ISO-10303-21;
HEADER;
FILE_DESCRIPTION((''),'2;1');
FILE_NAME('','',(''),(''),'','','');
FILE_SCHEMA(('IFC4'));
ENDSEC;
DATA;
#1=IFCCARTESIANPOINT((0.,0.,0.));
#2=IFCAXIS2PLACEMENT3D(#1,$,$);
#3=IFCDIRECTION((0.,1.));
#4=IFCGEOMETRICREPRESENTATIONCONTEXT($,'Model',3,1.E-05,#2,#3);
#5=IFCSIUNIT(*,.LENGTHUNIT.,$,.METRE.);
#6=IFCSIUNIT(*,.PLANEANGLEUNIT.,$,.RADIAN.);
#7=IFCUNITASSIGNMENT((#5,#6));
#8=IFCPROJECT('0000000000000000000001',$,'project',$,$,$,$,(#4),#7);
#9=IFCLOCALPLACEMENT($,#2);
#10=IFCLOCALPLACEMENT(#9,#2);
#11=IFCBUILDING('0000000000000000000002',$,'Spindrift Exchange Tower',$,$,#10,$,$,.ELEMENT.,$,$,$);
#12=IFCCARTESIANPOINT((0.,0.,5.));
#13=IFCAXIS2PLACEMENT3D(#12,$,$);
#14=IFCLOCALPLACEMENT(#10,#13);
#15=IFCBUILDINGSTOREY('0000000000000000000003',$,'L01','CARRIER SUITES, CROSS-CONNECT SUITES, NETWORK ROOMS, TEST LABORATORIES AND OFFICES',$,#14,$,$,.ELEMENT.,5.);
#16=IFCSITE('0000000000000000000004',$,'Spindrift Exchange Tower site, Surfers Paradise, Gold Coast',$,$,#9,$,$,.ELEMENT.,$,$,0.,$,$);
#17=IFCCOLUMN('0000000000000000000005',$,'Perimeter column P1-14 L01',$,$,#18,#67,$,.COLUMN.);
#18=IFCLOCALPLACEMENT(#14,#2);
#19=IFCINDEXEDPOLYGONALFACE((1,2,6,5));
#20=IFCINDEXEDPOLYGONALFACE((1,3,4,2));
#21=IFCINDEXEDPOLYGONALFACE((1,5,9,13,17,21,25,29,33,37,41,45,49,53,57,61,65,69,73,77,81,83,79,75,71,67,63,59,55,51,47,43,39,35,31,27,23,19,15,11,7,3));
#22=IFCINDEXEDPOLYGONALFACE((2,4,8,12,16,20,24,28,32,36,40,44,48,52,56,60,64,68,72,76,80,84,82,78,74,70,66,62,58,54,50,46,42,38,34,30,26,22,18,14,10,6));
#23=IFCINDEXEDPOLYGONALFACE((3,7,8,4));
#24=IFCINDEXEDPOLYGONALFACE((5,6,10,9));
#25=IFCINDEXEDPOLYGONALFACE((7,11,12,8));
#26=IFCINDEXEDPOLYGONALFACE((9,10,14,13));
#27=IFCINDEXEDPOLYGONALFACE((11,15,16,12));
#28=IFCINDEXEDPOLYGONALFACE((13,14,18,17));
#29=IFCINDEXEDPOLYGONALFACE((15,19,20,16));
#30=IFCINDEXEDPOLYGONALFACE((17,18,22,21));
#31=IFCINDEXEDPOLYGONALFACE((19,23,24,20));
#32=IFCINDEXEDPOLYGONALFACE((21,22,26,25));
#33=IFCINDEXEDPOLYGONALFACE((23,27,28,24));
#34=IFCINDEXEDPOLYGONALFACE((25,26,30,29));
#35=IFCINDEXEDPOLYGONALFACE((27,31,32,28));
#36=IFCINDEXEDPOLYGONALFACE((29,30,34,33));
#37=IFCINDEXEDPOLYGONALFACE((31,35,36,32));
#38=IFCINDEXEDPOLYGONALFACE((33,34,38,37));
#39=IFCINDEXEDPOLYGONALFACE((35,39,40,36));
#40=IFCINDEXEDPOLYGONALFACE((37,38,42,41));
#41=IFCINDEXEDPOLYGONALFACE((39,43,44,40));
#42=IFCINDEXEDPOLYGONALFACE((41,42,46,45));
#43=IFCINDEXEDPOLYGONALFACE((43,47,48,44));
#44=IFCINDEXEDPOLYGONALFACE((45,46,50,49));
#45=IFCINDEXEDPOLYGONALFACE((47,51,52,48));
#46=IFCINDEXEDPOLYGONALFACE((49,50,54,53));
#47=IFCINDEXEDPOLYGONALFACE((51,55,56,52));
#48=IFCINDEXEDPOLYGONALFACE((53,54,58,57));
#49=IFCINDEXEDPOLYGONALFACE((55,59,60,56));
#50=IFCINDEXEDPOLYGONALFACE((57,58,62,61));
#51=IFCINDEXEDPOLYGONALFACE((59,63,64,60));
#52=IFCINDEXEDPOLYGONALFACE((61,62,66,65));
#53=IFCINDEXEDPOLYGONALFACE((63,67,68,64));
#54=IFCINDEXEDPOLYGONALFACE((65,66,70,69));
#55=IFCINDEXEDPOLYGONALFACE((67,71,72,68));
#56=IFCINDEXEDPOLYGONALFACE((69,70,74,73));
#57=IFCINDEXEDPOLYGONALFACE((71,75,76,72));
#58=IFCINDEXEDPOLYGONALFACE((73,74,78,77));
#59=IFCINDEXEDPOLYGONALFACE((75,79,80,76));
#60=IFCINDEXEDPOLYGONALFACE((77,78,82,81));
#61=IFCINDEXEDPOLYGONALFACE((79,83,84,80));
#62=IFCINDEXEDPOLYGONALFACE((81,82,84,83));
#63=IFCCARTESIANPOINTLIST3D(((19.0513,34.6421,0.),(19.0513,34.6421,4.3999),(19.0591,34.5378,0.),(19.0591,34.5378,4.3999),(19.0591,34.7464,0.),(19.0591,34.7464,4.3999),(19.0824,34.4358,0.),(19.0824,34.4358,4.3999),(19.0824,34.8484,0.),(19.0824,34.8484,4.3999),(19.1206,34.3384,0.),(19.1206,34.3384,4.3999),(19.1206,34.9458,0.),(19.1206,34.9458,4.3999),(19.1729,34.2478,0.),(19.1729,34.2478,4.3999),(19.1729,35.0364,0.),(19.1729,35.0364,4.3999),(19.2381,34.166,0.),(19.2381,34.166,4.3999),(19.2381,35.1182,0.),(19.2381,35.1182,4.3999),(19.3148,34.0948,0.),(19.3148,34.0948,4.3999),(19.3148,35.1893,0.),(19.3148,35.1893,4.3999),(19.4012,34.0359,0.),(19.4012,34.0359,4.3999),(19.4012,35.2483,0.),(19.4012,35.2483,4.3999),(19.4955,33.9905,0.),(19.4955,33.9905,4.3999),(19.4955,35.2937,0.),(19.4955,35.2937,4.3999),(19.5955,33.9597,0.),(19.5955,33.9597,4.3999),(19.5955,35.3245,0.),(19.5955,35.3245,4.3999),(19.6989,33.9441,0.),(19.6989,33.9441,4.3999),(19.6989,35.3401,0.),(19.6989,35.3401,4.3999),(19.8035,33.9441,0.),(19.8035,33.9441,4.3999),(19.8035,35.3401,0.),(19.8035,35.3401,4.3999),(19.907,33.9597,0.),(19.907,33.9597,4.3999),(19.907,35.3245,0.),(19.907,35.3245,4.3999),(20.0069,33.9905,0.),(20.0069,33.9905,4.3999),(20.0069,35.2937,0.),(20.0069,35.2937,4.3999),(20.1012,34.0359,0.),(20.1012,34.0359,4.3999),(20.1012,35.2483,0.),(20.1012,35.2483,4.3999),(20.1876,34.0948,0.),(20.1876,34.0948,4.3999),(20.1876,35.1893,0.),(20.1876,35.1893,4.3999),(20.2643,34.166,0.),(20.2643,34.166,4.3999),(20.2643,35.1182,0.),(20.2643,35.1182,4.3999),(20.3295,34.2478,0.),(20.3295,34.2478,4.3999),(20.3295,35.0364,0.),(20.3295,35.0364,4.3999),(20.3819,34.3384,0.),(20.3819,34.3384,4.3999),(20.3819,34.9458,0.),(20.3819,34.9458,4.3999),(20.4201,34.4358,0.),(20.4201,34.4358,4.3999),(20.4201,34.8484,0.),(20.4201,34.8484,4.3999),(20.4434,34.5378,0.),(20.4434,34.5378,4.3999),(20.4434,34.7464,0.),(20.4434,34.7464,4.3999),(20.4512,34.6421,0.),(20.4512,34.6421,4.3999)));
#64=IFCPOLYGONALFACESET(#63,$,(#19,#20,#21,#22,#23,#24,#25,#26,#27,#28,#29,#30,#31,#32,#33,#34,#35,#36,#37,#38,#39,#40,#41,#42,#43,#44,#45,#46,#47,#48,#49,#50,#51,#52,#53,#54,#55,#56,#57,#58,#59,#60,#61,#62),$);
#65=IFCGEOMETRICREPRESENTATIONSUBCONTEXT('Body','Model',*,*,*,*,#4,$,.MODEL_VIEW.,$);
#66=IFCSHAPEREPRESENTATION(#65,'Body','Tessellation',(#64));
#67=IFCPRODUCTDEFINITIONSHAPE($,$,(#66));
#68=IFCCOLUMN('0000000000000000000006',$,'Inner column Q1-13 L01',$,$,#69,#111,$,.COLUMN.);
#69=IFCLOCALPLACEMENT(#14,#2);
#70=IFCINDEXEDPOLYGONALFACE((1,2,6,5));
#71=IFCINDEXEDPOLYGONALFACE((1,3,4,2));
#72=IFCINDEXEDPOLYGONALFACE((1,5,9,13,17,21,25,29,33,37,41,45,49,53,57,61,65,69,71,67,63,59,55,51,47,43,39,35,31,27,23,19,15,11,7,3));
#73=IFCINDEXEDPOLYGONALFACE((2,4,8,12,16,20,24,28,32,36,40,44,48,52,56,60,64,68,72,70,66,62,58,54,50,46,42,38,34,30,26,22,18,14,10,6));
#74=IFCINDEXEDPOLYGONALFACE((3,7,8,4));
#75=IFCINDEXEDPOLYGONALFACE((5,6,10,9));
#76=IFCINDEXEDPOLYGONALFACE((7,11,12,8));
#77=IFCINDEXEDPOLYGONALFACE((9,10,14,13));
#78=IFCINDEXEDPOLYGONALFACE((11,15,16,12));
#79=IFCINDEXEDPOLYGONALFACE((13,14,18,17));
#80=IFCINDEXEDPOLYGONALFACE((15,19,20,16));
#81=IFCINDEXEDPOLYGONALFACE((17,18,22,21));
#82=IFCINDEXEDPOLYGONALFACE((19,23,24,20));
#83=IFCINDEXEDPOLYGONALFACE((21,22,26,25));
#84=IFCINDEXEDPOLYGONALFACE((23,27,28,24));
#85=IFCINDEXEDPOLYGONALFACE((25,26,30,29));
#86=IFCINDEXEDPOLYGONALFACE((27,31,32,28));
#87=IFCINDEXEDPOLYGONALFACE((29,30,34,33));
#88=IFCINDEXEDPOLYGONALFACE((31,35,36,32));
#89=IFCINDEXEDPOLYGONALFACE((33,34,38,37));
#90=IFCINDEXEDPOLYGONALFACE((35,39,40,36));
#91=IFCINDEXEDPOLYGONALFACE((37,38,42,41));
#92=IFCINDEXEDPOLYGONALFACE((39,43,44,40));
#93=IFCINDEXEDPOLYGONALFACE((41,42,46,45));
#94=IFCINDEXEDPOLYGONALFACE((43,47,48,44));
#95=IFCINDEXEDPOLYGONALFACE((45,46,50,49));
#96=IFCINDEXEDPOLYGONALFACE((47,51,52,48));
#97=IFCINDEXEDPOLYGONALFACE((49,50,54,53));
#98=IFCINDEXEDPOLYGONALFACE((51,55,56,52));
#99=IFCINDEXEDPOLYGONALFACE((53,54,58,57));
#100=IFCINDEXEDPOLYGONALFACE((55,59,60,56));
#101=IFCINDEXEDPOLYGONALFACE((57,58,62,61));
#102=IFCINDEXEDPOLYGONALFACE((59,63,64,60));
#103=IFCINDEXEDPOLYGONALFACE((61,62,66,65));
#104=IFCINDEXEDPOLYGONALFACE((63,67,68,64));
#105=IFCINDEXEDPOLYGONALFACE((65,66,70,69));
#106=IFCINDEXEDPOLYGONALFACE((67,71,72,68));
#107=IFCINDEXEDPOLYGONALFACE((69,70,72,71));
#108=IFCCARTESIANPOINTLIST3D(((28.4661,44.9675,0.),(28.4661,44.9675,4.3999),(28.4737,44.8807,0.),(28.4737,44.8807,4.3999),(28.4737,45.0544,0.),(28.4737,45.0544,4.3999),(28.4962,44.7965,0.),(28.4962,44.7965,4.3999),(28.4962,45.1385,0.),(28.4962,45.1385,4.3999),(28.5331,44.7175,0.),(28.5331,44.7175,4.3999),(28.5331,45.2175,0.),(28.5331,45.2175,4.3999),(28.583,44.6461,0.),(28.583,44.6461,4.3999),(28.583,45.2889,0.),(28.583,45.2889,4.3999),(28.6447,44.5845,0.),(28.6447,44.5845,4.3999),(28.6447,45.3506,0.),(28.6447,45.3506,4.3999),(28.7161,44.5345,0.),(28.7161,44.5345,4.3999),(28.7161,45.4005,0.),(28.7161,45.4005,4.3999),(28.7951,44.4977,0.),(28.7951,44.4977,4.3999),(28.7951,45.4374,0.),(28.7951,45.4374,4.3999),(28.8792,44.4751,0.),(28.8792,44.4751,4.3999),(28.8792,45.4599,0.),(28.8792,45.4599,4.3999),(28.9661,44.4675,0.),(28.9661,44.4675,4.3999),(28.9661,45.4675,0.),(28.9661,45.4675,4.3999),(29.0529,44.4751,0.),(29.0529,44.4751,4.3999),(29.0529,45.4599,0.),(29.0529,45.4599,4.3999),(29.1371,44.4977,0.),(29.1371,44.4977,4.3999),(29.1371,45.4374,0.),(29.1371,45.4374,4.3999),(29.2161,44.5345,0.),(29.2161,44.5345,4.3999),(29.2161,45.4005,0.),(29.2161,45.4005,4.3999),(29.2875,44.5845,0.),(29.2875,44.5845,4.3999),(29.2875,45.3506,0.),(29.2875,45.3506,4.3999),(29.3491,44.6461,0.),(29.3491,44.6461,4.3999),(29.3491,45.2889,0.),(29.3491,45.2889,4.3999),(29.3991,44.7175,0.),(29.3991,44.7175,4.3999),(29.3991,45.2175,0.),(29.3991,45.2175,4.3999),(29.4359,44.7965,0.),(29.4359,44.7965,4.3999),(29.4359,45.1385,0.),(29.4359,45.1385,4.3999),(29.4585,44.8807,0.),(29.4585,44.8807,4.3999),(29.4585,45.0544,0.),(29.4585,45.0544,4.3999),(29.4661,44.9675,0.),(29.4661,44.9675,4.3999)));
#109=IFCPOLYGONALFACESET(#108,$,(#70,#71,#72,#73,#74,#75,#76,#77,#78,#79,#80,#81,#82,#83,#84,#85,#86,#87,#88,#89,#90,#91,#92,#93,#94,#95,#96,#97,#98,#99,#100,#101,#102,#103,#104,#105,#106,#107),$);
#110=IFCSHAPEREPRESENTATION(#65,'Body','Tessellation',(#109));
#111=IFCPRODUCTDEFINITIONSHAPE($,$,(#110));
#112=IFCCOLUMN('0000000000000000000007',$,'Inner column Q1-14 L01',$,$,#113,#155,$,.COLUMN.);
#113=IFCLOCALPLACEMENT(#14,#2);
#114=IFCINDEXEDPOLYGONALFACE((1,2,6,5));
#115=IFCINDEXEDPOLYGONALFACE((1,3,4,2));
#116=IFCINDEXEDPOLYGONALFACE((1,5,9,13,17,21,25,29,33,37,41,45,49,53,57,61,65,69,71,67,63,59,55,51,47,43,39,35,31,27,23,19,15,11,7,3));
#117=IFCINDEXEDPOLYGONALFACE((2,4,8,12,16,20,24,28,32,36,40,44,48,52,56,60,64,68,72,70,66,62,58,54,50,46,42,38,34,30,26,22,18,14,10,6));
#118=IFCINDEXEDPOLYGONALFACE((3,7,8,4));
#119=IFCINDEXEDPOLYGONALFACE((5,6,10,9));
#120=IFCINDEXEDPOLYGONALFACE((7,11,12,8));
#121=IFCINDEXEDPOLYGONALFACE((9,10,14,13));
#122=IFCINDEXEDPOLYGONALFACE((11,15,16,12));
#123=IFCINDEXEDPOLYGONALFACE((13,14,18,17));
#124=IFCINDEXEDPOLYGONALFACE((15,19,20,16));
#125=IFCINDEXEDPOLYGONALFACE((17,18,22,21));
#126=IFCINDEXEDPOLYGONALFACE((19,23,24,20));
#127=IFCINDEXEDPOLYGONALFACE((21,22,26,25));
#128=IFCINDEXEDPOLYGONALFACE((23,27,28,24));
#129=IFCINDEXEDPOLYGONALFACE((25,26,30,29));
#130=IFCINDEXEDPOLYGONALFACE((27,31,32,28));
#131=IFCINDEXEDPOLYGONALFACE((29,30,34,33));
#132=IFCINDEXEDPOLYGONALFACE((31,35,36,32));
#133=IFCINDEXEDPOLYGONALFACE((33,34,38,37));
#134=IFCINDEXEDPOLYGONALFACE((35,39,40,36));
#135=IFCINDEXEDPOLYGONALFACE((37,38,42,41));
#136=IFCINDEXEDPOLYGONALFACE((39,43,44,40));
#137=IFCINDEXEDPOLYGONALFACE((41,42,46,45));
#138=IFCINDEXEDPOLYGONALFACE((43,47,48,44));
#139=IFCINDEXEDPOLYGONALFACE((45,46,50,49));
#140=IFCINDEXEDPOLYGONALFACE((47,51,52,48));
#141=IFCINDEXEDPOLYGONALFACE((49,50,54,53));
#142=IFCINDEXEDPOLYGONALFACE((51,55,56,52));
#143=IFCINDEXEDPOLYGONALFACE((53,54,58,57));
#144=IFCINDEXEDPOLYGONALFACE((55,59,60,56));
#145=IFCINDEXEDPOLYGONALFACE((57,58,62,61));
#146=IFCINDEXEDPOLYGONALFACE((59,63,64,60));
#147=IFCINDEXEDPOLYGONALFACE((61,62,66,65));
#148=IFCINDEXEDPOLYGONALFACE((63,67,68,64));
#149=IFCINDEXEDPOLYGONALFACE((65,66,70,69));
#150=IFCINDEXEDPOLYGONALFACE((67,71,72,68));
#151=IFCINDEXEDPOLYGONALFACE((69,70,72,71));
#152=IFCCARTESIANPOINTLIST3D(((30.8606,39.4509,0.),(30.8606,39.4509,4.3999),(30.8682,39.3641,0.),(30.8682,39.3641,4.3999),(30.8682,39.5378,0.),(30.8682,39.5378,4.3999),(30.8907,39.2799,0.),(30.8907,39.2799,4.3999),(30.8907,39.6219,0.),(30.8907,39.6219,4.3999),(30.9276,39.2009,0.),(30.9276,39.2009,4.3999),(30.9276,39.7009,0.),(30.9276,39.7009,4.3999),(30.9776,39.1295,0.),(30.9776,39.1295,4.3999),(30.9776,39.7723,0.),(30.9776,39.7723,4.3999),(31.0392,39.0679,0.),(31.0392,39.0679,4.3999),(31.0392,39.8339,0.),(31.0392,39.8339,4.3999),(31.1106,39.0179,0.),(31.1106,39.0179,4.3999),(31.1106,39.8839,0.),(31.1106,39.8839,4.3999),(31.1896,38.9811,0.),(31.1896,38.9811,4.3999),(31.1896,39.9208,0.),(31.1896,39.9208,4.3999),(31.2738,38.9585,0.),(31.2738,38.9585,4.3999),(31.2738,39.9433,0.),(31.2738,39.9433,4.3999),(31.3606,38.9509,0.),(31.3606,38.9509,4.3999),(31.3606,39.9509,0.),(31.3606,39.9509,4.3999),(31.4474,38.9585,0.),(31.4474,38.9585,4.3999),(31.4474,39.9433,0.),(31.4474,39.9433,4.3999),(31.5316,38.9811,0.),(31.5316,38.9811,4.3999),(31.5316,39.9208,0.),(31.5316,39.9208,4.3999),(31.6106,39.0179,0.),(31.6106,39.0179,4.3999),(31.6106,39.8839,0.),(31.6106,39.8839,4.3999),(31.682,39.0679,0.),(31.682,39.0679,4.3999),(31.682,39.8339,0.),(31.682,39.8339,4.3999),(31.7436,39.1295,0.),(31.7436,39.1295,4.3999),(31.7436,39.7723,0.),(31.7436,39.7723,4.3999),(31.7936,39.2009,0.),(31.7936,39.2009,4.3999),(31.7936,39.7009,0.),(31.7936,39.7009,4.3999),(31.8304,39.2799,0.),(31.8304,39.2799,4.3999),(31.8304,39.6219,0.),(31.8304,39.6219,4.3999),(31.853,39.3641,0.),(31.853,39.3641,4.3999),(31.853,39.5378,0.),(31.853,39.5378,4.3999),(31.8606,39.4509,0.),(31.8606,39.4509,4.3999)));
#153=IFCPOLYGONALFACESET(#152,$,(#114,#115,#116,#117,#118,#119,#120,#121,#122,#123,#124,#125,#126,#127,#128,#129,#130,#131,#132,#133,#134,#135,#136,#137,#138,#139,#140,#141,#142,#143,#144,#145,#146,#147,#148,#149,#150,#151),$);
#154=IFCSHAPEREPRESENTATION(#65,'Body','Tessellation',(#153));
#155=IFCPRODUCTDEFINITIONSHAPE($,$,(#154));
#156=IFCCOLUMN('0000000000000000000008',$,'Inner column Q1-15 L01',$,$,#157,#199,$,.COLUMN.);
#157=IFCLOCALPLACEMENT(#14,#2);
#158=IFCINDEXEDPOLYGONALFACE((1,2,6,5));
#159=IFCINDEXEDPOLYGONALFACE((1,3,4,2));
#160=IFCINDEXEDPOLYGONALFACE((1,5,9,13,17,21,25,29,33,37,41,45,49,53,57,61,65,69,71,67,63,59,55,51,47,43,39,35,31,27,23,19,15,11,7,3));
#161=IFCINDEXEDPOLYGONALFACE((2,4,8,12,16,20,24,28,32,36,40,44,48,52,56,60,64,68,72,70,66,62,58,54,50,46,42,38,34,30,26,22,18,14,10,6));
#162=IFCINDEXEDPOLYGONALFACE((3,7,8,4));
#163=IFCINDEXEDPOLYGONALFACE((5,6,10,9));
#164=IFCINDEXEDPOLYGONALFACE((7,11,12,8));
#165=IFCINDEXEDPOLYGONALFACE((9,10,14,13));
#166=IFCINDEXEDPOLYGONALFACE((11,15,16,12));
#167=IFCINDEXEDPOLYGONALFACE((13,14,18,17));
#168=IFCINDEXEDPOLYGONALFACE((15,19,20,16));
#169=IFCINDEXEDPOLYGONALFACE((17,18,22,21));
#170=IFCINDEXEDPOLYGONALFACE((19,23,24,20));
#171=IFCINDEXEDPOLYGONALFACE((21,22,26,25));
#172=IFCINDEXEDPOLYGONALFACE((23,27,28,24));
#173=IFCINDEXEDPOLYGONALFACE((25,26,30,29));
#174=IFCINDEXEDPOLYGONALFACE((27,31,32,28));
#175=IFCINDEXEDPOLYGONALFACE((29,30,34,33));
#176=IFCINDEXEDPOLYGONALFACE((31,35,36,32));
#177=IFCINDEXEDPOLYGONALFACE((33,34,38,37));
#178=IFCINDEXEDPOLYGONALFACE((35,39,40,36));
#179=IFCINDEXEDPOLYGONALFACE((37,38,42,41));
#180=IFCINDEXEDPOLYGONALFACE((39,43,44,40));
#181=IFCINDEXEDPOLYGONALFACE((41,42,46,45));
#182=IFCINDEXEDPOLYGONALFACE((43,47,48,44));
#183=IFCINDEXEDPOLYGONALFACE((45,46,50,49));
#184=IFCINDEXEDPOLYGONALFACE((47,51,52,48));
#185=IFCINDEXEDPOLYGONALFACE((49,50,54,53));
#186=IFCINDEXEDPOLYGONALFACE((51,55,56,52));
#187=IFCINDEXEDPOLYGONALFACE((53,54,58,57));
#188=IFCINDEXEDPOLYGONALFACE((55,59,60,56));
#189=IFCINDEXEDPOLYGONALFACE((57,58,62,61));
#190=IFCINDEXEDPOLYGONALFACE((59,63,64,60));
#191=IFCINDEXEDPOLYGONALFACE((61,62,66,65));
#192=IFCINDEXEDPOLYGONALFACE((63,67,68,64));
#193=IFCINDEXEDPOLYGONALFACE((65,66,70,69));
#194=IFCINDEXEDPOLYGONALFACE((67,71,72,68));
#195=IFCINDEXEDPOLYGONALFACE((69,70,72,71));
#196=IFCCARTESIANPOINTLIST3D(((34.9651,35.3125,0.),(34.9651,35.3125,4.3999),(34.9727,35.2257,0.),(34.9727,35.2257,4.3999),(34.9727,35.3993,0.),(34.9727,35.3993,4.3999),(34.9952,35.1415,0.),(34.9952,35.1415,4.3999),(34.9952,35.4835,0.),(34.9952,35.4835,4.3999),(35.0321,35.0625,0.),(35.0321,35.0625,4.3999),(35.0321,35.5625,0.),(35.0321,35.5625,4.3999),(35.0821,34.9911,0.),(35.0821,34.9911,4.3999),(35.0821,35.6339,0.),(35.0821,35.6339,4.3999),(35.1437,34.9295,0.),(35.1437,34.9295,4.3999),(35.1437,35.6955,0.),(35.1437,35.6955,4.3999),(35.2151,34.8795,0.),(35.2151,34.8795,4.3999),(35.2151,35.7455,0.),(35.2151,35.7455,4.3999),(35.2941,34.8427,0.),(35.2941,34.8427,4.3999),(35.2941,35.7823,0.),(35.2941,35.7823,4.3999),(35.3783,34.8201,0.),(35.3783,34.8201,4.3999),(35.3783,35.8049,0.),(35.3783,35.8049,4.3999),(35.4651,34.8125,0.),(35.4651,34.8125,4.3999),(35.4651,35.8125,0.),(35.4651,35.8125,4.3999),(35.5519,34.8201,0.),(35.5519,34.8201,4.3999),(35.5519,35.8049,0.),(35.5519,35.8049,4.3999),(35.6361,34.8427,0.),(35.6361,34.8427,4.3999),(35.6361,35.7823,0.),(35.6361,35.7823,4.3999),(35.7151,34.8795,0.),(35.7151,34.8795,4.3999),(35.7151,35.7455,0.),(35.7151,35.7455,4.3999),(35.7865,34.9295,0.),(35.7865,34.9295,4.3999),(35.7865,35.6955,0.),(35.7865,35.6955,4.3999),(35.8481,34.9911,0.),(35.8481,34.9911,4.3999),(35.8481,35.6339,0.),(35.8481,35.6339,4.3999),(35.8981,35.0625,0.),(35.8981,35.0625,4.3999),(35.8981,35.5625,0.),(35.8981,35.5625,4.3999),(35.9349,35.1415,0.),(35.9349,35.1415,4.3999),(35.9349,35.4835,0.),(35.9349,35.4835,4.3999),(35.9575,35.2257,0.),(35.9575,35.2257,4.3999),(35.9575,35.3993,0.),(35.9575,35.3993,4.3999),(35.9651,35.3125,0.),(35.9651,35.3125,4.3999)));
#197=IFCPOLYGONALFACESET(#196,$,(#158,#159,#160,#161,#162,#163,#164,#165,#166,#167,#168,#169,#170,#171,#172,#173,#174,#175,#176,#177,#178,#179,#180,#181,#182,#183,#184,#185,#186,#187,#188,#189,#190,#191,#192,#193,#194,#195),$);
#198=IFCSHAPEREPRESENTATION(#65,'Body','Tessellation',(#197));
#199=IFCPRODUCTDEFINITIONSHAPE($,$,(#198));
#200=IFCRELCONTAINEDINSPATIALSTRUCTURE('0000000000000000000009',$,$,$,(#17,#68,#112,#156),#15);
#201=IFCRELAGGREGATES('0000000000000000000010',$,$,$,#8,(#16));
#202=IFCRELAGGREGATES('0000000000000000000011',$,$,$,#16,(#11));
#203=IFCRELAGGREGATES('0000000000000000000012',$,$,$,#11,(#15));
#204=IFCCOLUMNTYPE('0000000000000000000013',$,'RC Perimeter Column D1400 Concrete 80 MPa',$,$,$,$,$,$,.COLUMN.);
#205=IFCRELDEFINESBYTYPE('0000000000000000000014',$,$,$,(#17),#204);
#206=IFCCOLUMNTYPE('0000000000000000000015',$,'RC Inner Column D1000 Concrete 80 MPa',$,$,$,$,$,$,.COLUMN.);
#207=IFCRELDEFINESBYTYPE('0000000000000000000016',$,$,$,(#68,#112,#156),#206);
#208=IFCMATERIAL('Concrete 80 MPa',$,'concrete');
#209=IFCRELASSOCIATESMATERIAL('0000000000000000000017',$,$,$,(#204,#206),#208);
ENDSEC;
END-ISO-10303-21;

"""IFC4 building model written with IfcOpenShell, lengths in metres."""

from ifc_helpers import new_model, si_unit, direction, frame, origin, origin_2d, place, context, subcontext, project, spatial, circle, extrude, source, transform, mapped, material, material_profile, profile_set, type_object, element, save


model = new_model("IFC4")

# Units and contexts
model_context = context("Model", 3, precision=1e-05, world=origin(), true_north=direction((0.0, 1.0)))
body_context = subcontext(model_context, "Body", "Model", "MODEL_VIEW")
ifc_project = project(units=[si_unit("LENGTHUNIT", "METRE"), si_unit("PLANEANGLEUNIT", "RADIAN")], contexts=[model_context])

# Site, building, storey
site_placement = place(None, origin())
site = spatial("IfcSite", under=ifc_project, at=site_placement, Name="Spindrift Exchange Tower site, Surfers Paradise, Gold Coast", CompositionType="ELEMENT", RefElevation=0.0)
building_placement = place(site_placement, origin())
building = spatial("IfcBuilding", under=site, at=building_placement, Name="Spindrift Exchange Tower", CompositionType="ELEMENT")
storey_placement = place(building_placement, frame((0.0, 0.0, 5.0)))
storey = spatial("IfcBuildingStorey", under=building, at=storey_placement, Name="L01", Description="CARRIER SUITES, CROSS-CONNECT SUITES, NETWORK ROOMS, TEST LABORATORIES AND OFFICES", CompositionType="ELEMENT", Elevation=5.0)

# Columns
ifc_material_1 = material(Name="Concrete 80 MPa", Category="concrete")
ifc_material_profile_1 = material_profile(ifc_material_1, circle(Radius=0.7, at=origin_2d()), Name="RC D1400")
ifc_profile_set_1 = profile_set([ifc_material_profile_1], Name="Concrete 80 MPa")
column_type_1 = type_object("IfcColumnType", Name="RC Perimeter Column D1400 Concrete 80 MPa", PredefinedType="COLUMN", material=ifc_profile_set_1)
shared_shape_1 = source(origin(), body_context, "Body", "SweptSolid", [
    extrude(circle(Radius=0.7, at=origin_2d()), origin(), (0.0, 0.0, 1.0), 4.3999),
])
column_placement = place(storey_placement, frame((19.7512, 34.6421, 0.0), z_axis=(0.0, 0.0, 1.0), x_axis=(1.0, 0.0, 0.0)))
element("IfcColumn", 1, at=column_placement, inside=storey, type_object=column_type_1, Name="Perimeter column P1-14 L01", PredefinedType="COLUMN", context=body_context, shape_type="MappedRepresentation", body=[
    mapped(shared_shape_1, transform((0.0, 0.0, 0.0), scale=1.0)),
])
ifc_material_profile_2 = material_profile(ifc_material_1, circle(Radius=0.5, at=origin_2d()), Name="RC D1000")
ifc_profile_set_2 = profile_set([ifc_material_profile_2], Name="Concrete 80 MPa")
column_type_2 = type_object("IfcColumnType", Name="RC Inner Column D1000 Concrete 80 MPa", PredefinedType="COLUMN", material=ifc_profile_set_2)
shared_shape_2 = source(origin(), body_context, "Body", "SweptSolid", [
    extrude(circle(Radius=0.5, at=origin_2d()), origin(), (0.0, 0.0, 1.0), 4.3999),
])
for number, where, z_axis, x_axis, name in (
    (2, (28.9661, 44.9675, 0.0), (0.0, 0.0, 1.0), (1.0, 0.0, 0.0), "Inner column Q1-13 L01"),
    (3, (31.3606, 39.4509, 0.0), (0.0, 0.0, 1.0), (1.0, 0.0, 0.0), "Inner column Q1-14 L01"),
    (4, (35.4651, 35.3125, 0.0), (0.0, 0.0, 1.0), (1.0, 0.0, 0.0), "Inner column Q1-15 L01"),
):
    element("IfcColumn", number, at=place(storey_placement, frame(where, z_axis=z_axis, x_axis=x_axis)), inside=storey, type_object=column_type_2, Name=name, PredefinedType="COLUMN", context=body_context, shape_type="MappedRepresentation", body=[
        mapped(shared_shape_2, transform((0.0, 0.0, 0.0), scale=1.0)),
    ])

save(model, "model.ifc")
